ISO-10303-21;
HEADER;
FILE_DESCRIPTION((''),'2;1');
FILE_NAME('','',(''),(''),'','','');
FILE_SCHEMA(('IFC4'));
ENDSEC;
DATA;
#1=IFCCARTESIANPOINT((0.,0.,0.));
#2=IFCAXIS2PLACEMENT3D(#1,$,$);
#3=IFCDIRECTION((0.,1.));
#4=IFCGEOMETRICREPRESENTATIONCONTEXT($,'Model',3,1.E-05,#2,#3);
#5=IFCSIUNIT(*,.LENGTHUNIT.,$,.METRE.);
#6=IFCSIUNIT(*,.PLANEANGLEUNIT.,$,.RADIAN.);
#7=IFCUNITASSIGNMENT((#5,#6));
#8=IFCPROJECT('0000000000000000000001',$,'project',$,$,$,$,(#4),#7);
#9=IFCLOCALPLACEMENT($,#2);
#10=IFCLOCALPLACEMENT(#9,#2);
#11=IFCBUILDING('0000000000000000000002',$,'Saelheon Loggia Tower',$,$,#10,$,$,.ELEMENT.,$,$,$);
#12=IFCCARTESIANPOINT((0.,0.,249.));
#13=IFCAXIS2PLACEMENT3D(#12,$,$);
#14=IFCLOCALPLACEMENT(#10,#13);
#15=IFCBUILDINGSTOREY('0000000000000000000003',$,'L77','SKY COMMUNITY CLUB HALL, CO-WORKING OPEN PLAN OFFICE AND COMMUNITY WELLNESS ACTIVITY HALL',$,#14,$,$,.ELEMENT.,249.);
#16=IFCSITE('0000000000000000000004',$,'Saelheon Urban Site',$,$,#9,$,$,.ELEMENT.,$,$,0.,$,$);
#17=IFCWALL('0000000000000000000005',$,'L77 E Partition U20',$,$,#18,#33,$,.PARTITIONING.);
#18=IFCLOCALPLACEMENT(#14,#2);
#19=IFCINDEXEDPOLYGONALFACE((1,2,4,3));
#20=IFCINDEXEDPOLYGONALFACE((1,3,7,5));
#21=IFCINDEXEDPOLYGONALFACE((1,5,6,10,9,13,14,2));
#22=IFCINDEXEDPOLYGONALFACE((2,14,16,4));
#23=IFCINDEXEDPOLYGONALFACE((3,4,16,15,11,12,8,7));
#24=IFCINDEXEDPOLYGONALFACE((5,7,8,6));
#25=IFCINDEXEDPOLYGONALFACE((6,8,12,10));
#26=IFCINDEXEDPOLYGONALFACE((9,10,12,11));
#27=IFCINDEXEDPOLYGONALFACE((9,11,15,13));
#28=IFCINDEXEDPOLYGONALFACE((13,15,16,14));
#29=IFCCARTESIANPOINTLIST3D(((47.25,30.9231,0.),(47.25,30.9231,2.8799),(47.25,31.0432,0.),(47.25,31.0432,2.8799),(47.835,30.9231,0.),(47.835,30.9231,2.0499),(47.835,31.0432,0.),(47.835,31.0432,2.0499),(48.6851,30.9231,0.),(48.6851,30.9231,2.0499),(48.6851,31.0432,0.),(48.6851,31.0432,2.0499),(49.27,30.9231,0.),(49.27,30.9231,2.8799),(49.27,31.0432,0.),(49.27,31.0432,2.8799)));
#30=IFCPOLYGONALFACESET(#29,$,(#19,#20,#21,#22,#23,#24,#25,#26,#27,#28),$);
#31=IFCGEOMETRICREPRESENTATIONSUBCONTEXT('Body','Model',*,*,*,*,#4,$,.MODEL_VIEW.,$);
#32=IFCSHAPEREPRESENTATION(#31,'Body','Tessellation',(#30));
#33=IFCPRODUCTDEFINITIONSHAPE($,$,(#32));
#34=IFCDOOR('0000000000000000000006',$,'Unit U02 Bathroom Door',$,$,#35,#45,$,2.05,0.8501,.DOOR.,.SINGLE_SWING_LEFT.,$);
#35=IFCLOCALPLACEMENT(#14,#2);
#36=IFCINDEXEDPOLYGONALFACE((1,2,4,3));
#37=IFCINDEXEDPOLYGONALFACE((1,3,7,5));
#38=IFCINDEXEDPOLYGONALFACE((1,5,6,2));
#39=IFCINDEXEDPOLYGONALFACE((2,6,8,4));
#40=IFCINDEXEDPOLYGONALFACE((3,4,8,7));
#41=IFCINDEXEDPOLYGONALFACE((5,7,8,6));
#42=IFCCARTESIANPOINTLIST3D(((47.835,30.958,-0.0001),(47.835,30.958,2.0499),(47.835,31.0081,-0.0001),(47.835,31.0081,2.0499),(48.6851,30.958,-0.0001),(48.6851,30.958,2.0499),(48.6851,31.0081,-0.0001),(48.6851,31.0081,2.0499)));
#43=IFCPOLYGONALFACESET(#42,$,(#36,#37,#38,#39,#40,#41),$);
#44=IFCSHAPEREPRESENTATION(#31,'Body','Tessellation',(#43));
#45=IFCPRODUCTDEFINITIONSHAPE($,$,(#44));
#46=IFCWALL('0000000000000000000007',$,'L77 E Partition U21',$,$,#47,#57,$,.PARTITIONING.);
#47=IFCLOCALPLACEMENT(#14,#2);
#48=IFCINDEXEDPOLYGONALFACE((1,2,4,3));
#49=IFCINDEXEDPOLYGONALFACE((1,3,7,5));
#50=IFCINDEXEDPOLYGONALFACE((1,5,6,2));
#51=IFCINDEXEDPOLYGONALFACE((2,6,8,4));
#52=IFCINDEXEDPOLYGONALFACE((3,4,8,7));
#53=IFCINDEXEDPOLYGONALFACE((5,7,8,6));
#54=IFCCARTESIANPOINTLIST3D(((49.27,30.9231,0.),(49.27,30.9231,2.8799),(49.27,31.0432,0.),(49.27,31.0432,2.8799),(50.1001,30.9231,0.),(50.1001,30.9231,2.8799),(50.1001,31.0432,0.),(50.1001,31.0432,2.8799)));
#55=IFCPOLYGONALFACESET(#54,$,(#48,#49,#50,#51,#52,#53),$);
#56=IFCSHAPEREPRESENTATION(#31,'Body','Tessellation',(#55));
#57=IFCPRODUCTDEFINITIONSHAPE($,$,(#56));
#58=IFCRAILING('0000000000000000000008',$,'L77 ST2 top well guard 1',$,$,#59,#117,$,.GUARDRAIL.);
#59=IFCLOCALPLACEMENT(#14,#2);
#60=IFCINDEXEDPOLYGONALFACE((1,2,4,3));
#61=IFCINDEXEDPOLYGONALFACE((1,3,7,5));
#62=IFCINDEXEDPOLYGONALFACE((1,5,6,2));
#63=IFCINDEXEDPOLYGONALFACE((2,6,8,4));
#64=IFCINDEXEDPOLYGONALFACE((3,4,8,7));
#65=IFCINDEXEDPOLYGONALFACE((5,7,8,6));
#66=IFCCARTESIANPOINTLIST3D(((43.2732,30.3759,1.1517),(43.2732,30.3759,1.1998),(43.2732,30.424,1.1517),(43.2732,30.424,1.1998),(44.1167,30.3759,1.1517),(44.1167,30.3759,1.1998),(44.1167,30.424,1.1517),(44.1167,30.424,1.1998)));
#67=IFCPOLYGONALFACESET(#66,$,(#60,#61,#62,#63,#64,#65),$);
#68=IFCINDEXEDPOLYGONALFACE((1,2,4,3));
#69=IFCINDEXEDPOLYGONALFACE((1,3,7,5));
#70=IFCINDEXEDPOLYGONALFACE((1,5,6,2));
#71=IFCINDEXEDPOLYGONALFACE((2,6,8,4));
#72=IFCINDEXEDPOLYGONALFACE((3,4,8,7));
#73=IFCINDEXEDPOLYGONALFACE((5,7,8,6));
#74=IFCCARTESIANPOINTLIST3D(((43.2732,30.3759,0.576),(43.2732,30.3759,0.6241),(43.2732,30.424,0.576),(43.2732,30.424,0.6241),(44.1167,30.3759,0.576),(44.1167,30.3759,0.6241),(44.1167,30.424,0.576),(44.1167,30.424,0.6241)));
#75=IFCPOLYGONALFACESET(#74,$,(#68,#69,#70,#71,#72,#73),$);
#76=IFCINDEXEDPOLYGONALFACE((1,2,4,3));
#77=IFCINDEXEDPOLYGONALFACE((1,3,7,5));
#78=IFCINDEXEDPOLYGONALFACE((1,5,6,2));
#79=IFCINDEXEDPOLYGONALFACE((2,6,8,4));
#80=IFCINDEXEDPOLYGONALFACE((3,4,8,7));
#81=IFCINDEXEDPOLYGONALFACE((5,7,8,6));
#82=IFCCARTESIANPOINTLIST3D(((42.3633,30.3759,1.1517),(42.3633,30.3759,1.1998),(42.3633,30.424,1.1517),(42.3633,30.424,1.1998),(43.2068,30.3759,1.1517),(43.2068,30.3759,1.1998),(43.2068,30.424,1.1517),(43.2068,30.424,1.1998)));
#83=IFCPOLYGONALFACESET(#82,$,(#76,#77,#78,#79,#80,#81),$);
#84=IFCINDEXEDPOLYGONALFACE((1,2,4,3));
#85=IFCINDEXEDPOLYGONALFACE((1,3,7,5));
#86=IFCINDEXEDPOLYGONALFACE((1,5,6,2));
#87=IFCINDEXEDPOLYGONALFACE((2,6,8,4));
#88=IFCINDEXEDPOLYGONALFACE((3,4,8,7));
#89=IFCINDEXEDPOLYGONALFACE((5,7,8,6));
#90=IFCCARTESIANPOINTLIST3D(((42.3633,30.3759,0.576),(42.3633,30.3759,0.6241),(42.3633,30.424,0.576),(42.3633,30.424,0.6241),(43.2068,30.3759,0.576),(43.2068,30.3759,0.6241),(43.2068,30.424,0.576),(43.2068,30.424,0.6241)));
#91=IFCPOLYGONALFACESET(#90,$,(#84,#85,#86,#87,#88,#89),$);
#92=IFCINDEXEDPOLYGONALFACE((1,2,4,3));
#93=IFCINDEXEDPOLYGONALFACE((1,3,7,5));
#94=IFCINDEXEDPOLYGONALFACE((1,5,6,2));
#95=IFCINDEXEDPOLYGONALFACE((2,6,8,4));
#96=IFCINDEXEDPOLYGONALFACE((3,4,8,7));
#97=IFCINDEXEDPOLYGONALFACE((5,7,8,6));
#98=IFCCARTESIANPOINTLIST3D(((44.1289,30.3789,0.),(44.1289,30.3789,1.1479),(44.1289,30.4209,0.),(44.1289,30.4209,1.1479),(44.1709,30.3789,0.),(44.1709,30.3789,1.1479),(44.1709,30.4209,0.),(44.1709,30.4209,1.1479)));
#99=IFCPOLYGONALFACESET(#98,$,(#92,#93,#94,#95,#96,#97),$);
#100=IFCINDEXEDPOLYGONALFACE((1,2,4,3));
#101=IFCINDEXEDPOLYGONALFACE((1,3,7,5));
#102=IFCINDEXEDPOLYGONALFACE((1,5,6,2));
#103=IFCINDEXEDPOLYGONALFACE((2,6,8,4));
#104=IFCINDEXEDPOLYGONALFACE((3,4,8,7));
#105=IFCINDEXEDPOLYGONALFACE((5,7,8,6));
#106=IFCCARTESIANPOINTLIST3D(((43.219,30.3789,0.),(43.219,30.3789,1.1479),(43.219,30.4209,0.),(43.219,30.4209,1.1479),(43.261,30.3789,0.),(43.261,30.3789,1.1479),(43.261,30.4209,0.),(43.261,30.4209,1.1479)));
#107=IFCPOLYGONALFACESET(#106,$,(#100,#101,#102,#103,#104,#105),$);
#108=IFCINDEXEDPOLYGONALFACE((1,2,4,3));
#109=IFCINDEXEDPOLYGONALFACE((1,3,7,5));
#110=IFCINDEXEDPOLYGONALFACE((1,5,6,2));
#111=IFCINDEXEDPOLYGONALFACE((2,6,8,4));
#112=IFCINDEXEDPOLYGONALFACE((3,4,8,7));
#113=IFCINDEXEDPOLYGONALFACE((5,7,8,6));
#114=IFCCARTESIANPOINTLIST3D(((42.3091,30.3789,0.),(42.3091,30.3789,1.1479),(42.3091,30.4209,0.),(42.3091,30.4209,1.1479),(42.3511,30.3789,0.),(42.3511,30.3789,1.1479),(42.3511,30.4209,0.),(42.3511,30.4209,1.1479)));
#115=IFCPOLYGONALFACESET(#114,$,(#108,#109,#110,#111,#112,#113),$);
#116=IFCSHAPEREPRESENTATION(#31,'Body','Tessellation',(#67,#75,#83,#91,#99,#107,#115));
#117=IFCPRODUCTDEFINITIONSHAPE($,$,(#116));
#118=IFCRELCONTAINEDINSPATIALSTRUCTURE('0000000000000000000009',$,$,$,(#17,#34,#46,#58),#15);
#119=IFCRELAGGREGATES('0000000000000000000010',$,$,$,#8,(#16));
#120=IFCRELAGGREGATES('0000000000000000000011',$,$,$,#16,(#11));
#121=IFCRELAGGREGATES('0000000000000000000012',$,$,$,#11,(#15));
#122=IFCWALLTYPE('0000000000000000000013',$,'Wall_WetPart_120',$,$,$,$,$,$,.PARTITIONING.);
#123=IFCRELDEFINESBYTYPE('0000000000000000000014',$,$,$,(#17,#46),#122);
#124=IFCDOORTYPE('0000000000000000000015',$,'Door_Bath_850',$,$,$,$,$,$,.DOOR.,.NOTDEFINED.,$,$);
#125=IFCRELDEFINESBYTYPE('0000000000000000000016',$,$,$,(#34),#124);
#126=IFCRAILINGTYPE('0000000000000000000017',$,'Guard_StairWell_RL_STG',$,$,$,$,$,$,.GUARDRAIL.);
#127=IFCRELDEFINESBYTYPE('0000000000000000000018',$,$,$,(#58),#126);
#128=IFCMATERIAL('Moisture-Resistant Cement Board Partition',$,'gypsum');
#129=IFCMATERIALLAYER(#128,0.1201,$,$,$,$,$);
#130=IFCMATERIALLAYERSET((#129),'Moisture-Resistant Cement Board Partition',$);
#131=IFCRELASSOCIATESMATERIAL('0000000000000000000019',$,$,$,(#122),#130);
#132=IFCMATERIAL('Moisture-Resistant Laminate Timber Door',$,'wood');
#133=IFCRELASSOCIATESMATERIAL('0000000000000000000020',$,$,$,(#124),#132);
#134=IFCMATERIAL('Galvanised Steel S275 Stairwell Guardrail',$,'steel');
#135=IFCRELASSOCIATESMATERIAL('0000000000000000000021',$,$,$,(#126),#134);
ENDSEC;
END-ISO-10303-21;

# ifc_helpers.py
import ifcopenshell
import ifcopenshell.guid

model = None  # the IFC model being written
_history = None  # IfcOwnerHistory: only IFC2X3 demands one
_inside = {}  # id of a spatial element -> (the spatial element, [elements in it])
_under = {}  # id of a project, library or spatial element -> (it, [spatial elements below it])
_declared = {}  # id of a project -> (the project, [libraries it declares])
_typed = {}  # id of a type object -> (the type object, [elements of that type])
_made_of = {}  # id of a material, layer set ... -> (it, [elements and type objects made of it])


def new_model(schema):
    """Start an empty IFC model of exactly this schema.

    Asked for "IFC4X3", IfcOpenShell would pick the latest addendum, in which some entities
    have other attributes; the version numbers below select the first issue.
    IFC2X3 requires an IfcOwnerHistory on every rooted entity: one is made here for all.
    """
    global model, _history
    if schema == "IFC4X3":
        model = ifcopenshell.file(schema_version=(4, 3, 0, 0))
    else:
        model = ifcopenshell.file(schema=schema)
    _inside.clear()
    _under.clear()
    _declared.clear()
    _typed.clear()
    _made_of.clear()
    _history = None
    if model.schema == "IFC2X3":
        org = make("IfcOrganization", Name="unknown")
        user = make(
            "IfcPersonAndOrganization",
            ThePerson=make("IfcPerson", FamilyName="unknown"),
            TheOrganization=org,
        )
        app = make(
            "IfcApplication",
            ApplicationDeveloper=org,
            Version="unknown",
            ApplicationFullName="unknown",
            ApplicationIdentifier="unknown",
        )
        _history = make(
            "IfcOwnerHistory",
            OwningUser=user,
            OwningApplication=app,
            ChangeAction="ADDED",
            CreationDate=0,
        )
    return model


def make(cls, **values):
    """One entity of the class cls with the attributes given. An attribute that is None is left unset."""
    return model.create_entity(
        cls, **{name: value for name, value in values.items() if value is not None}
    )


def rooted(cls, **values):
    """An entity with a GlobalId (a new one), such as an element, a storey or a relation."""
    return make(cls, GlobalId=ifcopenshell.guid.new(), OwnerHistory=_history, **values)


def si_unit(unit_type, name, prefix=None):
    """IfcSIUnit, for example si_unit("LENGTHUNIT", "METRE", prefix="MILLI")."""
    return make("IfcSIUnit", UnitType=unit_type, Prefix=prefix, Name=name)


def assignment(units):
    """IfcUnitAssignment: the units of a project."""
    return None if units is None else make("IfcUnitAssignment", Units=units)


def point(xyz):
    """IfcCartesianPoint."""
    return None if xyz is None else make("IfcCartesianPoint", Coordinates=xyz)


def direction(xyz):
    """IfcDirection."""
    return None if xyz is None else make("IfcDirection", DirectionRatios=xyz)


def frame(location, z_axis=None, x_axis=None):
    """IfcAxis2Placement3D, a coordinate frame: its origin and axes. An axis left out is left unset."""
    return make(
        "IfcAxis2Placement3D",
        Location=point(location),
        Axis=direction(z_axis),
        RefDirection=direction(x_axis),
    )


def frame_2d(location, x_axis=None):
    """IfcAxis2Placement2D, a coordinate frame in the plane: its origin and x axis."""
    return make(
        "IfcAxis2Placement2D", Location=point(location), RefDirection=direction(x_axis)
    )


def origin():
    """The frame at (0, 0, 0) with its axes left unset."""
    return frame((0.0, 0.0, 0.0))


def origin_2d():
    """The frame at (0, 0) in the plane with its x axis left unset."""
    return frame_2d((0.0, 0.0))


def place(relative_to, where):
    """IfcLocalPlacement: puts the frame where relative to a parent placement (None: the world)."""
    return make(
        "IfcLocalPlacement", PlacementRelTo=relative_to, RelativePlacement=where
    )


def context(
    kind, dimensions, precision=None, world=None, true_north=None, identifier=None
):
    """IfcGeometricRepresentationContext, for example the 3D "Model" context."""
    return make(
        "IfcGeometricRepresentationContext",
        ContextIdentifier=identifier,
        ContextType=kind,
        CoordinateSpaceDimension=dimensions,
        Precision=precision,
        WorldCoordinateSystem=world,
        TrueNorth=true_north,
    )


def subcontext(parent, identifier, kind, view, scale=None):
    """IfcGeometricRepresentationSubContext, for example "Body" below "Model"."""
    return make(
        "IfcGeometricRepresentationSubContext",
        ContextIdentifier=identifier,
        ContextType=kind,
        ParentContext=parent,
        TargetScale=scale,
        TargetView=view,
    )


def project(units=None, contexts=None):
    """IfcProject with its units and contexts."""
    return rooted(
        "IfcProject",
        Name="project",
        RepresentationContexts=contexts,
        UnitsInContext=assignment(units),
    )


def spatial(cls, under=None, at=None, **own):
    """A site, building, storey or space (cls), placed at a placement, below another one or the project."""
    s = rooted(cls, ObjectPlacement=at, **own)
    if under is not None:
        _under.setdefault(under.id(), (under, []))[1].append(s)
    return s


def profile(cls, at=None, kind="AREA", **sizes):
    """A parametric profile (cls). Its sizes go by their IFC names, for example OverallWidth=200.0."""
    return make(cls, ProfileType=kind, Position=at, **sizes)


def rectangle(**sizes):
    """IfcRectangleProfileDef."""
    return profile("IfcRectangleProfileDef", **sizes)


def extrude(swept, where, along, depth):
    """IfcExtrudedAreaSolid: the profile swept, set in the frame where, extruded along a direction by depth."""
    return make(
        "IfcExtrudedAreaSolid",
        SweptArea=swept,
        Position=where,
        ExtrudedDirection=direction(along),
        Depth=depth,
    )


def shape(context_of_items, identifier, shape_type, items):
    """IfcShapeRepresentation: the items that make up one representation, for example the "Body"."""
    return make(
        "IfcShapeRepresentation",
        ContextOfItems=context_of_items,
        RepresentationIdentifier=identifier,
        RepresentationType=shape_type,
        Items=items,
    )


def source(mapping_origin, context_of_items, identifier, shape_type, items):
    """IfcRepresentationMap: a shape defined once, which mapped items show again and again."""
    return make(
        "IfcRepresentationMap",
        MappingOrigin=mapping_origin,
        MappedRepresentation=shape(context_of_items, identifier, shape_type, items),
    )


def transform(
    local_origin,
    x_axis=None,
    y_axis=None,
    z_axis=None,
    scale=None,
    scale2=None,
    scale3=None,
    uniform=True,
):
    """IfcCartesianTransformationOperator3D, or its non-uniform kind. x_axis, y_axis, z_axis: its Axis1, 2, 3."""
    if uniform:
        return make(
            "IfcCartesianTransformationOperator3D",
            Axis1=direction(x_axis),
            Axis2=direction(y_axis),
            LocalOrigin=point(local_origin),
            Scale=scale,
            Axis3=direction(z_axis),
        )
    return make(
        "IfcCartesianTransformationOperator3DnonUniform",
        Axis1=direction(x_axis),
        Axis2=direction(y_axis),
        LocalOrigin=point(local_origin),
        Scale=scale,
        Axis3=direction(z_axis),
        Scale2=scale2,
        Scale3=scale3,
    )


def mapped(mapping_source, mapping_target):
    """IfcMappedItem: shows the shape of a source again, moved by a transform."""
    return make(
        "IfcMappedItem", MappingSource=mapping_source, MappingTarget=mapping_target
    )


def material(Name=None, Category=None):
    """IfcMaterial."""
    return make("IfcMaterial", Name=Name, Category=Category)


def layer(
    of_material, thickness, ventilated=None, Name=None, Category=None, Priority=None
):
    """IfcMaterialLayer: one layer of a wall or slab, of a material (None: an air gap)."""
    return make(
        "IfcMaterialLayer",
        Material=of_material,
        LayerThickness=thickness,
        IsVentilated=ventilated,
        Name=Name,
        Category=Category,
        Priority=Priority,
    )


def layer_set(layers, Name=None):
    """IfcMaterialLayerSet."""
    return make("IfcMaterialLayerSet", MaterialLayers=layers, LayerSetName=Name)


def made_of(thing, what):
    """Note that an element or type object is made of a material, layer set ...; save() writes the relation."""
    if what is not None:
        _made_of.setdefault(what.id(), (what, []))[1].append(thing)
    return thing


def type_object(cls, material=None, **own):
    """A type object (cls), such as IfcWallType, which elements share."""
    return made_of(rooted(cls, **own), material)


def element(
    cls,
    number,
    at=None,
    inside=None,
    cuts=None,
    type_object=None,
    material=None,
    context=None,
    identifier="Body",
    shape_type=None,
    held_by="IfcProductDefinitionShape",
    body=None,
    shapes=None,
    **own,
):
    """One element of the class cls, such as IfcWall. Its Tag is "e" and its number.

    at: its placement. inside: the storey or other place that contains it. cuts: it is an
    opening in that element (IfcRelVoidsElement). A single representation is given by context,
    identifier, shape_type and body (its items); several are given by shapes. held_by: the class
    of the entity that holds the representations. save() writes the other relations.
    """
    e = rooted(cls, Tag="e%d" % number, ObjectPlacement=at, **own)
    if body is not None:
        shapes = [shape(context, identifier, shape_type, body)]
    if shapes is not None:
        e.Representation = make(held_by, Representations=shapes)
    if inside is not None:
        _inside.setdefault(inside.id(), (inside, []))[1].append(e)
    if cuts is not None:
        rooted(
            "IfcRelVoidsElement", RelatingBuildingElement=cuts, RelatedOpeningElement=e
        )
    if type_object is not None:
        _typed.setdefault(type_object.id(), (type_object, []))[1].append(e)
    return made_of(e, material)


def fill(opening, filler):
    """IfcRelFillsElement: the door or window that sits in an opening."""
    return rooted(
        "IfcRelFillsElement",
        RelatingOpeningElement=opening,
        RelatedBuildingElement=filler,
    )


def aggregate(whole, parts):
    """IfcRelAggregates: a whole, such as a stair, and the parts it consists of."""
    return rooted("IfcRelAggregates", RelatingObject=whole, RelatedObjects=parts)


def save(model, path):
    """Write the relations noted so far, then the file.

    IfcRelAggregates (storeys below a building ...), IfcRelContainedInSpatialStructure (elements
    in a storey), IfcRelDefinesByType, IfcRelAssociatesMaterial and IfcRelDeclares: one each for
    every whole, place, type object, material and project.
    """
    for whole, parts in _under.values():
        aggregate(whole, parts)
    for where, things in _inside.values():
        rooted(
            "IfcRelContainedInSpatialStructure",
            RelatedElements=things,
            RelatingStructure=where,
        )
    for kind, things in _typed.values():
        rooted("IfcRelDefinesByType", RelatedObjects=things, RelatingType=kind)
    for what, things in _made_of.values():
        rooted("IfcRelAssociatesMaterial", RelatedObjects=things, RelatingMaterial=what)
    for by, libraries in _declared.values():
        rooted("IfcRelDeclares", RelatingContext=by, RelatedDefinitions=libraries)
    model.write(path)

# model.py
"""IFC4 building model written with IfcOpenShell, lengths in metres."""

from ifc_helpers import new_model, si_unit, direction, frame, frame_2d, origin, origin_2d, place, context, subcontext, project, spatial, rectangle, extrude, source, transform, mapped, material, layer, layer_set, type_object, element, fill, save


model = new_model("IFC4")

# Units and contexts
model_context = context("Model", 3, precision=1e-05, world=origin(), true_north=direction((0.0, 1.0)))
body_context = subcontext(model_context, "Body", "Model", "MODEL_VIEW")
ifc_project = project(units=[si_unit("LENGTHUNIT", "METRE"), si_unit("PLANEANGLEUNIT", "RADIAN")], contexts=[model_context])

# Site, building, storey
site_placement = place(None, origin())
site = spatial("IfcSite", under=ifc_project, at=site_placement, Name="Saelheon Urban Site", CompositionType="ELEMENT", RefElevation=0.0)
building_placement = place(site_placement, origin())
building = spatial("IfcBuilding", under=site, at=building_placement, Name="Saelheon Loggia Tower", CompositionType="ELEMENT")
storey_placement = place(building_placement, frame((0.0, 0.0, 249.0)))
storey = spatial("IfcBuildingStorey", under=building, at=storey_placement, Name="L77", Description="SKY COMMUNITY CLUB HALL, CO-WORKING OPEN PLAN OFFICE AND COMMUNITY WELLNESS ACTIVITY HALL", CompositionType="ELEMENT", Elevation=249.0)

# Shared definitions
ifc_material_1 = material(Name="Moisture-Resistant Cement Board Partition", Category="gypsum")
ifc_layer_1 = layer(ifc_material_1, 0.1201)
ifc_layer_set_1 = layer_set([ifc_layer_1], Name="Moisture-Resistant Cement Board Partition")
wall_type_1 = type_object("IfcWallType", Name="Wall_WetPart_120", PredefinedType="PARTITIONING", material=ifc_layer_set_1)

# Wall, opening, door
wall_1_placement = place(storey_placement, frame((47.25, 30.9832, 0.0), z_axis=(0.0, 0.0, 1.0), x_axis=(1.0, 0.0, 0.0)))
wall_1 = element("IfcWall", 1, at=wall_1_placement, inside=storey, type_object=wall_type_1, Name="L77 E Partition U20", PredefinedType="PARTITIONING", context=body_context, shape_type="SweptSolid", body=[
    extrude(rectangle(XDim=2.02, YDim=0.1201, at=frame_2d((1.01, 0.0))), origin(), (0.0, 0.0, 1.0), 2.8799),
])
opening_1_placement = place(wall_1_placement, frame((0.585, 0.0, 0.0)))
opening_1 = element("IfcOpeningElement", 2, at=opening_1_placement, cuts=wall_1, PredefinedType="OPENING", context=body_context, shape_type="SweptSolid", body=[
    extrude(rectangle(XDim=0.8501, YDim=2.05, at=frame_2d((0.425, 1.0249))), frame((0.0, 0.072, 0.0), z_axis=(0.0, -1.0, 0.0), x_axis=(1.0, 0.0, 0.0)), (0.0, 0.0, 1.0), 0.144),
])
ifc_material_2 = material(Name="Moisture-Resistant Laminate Timber Door", Category="wood")
door_type_1 = type_object("IfcDoorType", Name="Door_Bath_850", OperationType="NOTDEFINED", PredefinedType="DOOR", material=ifc_material_2)
shared_shape_1 = source(origin(), body_context, "Body", "SweptSolid", [
    extrude(rectangle(XDim=0.8501, YDim=2.05, at=frame_2d((0.425, 1.0249))), frame((0.0, 0.0249, 0.0), z_axis=(0.0, -1.0, 0.0), x_axis=(1.0, 0.0, 0.0)), (0.0, 0.0, 1.0), 0.05),
])
door_1_placement = place(opening_1_placement, origin())
door_1 = element("IfcDoor", 3, at=door_1_placement, inside=storey, type_object=door_type_1, Name="Unit U02 Bathroom Door", OperationType="SINGLE_SWING_LEFT", OverallHeight=2.05, OverallWidth=0.8501, PredefinedType="DOOR", context=body_context, shape_type="MappedRepresentation", body=[
    mapped(shared_shape_1, transform((0.0, 0.0, 0.0), scale=1.0)),
])
fill(opening_1, door_1)

# Wall
wall_2_placement = place(storey_placement, frame((49.27, 30.9832, 0.0), z_axis=(0.0, 0.0, 1.0), x_axis=(1.0, 0.0, 0.0)))
element("IfcWall", 4, at=wall_2_placement, inside=storey, type_object=wall_type_1, Name="L77 E Partition U21", PredefinedType="PARTITIONING", context=body_context, shape_type="SweptSolid", body=[
    extrude(rectangle(XDim=0.8301, YDim=0.1201, at=frame_2d((0.415, 0.0))), origin(), (0.0, 0.0, 1.0), 2.8799),
])

# Railing
ifc_material_3 = material(Name="Galvanised Steel S275 Stairwell Guardrail", Category="steel")
railing_type = type_object("IfcRailingType", Name="Guard_StairWell_RL_STG", PredefinedType="GUARDRAIL", material=ifc_material_3)
railing_placement = place(storey_placement, frame((44.1499, 30.3999, 0.0)))
element("IfcRailing", 5, at=railing_placement, inside=storey, type_object=railing_type, Name="L77 ST2 top well guard 1", PredefinedType="GUARDRAIL", context=body_context, shape_type="SweptSolid", body=[
    extrude(rectangle(XDim=0.0481, YDim=0.0481, at=origin_2d()), frame((-0.0332, 0.0, 1.1758), z_axis=(-1.0, 0.0, 0.0), x_axis=(0.0, -1.0, 0.0)), (0.0, 0.0, 1.0), 0.8435),
    extrude(rectangle(XDim=0.0481, YDim=0.0481, at=origin_2d()), frame((-0.0332, 0.0, 0.6001), z_axis=(-1.0, 0.0, 0.0), x_axis=(0.0, -1.0, 0.0)), (0.0, 0.0, 1.0), 0.8435),
    extrude(rectangle(XDim=0.0481, YDim=0.0481, at=origin_2d()), frame((-0.9431, 0.0, 1.1758), z_axis=(-1.0, 0.0, 0.0), x_axis=(0.0, -1.0, 0.0)), (0.0, 0.0, 1.0), 0.8435),
    extrude(rectangle(XDim=0.0481, YDim=0.0481, at=origin_2d()), frame((-0.9431, 0.0, 0.6001), z_axis=(-1.0, 0.0, 0.0), x_axis=(0.0, -1.0, 0.0)), (0.0, 0.0, 1.0), 0.8435),
    extrude(rectangle(XDim=0.042, YDim=0.042, at=origin_2d()), origin(), (0.0, 0.0, 1.0), 1.1479),
    extrude(rectangle(XDim=0.042, YDim=0.042, at=origin_2d()), frame((-0.9099, 0.0, 0.0)), (0.0, 0.0, 1.0), 1.1479),
    extrude(rectangle(XDim=0.042, YDim=0.042, at=origin_2d()), frame((-1.8198, 0.0, 0.0)), (0.0, 0.0, 1.0), 1.1479),
])

save(model, "model.ifc")
